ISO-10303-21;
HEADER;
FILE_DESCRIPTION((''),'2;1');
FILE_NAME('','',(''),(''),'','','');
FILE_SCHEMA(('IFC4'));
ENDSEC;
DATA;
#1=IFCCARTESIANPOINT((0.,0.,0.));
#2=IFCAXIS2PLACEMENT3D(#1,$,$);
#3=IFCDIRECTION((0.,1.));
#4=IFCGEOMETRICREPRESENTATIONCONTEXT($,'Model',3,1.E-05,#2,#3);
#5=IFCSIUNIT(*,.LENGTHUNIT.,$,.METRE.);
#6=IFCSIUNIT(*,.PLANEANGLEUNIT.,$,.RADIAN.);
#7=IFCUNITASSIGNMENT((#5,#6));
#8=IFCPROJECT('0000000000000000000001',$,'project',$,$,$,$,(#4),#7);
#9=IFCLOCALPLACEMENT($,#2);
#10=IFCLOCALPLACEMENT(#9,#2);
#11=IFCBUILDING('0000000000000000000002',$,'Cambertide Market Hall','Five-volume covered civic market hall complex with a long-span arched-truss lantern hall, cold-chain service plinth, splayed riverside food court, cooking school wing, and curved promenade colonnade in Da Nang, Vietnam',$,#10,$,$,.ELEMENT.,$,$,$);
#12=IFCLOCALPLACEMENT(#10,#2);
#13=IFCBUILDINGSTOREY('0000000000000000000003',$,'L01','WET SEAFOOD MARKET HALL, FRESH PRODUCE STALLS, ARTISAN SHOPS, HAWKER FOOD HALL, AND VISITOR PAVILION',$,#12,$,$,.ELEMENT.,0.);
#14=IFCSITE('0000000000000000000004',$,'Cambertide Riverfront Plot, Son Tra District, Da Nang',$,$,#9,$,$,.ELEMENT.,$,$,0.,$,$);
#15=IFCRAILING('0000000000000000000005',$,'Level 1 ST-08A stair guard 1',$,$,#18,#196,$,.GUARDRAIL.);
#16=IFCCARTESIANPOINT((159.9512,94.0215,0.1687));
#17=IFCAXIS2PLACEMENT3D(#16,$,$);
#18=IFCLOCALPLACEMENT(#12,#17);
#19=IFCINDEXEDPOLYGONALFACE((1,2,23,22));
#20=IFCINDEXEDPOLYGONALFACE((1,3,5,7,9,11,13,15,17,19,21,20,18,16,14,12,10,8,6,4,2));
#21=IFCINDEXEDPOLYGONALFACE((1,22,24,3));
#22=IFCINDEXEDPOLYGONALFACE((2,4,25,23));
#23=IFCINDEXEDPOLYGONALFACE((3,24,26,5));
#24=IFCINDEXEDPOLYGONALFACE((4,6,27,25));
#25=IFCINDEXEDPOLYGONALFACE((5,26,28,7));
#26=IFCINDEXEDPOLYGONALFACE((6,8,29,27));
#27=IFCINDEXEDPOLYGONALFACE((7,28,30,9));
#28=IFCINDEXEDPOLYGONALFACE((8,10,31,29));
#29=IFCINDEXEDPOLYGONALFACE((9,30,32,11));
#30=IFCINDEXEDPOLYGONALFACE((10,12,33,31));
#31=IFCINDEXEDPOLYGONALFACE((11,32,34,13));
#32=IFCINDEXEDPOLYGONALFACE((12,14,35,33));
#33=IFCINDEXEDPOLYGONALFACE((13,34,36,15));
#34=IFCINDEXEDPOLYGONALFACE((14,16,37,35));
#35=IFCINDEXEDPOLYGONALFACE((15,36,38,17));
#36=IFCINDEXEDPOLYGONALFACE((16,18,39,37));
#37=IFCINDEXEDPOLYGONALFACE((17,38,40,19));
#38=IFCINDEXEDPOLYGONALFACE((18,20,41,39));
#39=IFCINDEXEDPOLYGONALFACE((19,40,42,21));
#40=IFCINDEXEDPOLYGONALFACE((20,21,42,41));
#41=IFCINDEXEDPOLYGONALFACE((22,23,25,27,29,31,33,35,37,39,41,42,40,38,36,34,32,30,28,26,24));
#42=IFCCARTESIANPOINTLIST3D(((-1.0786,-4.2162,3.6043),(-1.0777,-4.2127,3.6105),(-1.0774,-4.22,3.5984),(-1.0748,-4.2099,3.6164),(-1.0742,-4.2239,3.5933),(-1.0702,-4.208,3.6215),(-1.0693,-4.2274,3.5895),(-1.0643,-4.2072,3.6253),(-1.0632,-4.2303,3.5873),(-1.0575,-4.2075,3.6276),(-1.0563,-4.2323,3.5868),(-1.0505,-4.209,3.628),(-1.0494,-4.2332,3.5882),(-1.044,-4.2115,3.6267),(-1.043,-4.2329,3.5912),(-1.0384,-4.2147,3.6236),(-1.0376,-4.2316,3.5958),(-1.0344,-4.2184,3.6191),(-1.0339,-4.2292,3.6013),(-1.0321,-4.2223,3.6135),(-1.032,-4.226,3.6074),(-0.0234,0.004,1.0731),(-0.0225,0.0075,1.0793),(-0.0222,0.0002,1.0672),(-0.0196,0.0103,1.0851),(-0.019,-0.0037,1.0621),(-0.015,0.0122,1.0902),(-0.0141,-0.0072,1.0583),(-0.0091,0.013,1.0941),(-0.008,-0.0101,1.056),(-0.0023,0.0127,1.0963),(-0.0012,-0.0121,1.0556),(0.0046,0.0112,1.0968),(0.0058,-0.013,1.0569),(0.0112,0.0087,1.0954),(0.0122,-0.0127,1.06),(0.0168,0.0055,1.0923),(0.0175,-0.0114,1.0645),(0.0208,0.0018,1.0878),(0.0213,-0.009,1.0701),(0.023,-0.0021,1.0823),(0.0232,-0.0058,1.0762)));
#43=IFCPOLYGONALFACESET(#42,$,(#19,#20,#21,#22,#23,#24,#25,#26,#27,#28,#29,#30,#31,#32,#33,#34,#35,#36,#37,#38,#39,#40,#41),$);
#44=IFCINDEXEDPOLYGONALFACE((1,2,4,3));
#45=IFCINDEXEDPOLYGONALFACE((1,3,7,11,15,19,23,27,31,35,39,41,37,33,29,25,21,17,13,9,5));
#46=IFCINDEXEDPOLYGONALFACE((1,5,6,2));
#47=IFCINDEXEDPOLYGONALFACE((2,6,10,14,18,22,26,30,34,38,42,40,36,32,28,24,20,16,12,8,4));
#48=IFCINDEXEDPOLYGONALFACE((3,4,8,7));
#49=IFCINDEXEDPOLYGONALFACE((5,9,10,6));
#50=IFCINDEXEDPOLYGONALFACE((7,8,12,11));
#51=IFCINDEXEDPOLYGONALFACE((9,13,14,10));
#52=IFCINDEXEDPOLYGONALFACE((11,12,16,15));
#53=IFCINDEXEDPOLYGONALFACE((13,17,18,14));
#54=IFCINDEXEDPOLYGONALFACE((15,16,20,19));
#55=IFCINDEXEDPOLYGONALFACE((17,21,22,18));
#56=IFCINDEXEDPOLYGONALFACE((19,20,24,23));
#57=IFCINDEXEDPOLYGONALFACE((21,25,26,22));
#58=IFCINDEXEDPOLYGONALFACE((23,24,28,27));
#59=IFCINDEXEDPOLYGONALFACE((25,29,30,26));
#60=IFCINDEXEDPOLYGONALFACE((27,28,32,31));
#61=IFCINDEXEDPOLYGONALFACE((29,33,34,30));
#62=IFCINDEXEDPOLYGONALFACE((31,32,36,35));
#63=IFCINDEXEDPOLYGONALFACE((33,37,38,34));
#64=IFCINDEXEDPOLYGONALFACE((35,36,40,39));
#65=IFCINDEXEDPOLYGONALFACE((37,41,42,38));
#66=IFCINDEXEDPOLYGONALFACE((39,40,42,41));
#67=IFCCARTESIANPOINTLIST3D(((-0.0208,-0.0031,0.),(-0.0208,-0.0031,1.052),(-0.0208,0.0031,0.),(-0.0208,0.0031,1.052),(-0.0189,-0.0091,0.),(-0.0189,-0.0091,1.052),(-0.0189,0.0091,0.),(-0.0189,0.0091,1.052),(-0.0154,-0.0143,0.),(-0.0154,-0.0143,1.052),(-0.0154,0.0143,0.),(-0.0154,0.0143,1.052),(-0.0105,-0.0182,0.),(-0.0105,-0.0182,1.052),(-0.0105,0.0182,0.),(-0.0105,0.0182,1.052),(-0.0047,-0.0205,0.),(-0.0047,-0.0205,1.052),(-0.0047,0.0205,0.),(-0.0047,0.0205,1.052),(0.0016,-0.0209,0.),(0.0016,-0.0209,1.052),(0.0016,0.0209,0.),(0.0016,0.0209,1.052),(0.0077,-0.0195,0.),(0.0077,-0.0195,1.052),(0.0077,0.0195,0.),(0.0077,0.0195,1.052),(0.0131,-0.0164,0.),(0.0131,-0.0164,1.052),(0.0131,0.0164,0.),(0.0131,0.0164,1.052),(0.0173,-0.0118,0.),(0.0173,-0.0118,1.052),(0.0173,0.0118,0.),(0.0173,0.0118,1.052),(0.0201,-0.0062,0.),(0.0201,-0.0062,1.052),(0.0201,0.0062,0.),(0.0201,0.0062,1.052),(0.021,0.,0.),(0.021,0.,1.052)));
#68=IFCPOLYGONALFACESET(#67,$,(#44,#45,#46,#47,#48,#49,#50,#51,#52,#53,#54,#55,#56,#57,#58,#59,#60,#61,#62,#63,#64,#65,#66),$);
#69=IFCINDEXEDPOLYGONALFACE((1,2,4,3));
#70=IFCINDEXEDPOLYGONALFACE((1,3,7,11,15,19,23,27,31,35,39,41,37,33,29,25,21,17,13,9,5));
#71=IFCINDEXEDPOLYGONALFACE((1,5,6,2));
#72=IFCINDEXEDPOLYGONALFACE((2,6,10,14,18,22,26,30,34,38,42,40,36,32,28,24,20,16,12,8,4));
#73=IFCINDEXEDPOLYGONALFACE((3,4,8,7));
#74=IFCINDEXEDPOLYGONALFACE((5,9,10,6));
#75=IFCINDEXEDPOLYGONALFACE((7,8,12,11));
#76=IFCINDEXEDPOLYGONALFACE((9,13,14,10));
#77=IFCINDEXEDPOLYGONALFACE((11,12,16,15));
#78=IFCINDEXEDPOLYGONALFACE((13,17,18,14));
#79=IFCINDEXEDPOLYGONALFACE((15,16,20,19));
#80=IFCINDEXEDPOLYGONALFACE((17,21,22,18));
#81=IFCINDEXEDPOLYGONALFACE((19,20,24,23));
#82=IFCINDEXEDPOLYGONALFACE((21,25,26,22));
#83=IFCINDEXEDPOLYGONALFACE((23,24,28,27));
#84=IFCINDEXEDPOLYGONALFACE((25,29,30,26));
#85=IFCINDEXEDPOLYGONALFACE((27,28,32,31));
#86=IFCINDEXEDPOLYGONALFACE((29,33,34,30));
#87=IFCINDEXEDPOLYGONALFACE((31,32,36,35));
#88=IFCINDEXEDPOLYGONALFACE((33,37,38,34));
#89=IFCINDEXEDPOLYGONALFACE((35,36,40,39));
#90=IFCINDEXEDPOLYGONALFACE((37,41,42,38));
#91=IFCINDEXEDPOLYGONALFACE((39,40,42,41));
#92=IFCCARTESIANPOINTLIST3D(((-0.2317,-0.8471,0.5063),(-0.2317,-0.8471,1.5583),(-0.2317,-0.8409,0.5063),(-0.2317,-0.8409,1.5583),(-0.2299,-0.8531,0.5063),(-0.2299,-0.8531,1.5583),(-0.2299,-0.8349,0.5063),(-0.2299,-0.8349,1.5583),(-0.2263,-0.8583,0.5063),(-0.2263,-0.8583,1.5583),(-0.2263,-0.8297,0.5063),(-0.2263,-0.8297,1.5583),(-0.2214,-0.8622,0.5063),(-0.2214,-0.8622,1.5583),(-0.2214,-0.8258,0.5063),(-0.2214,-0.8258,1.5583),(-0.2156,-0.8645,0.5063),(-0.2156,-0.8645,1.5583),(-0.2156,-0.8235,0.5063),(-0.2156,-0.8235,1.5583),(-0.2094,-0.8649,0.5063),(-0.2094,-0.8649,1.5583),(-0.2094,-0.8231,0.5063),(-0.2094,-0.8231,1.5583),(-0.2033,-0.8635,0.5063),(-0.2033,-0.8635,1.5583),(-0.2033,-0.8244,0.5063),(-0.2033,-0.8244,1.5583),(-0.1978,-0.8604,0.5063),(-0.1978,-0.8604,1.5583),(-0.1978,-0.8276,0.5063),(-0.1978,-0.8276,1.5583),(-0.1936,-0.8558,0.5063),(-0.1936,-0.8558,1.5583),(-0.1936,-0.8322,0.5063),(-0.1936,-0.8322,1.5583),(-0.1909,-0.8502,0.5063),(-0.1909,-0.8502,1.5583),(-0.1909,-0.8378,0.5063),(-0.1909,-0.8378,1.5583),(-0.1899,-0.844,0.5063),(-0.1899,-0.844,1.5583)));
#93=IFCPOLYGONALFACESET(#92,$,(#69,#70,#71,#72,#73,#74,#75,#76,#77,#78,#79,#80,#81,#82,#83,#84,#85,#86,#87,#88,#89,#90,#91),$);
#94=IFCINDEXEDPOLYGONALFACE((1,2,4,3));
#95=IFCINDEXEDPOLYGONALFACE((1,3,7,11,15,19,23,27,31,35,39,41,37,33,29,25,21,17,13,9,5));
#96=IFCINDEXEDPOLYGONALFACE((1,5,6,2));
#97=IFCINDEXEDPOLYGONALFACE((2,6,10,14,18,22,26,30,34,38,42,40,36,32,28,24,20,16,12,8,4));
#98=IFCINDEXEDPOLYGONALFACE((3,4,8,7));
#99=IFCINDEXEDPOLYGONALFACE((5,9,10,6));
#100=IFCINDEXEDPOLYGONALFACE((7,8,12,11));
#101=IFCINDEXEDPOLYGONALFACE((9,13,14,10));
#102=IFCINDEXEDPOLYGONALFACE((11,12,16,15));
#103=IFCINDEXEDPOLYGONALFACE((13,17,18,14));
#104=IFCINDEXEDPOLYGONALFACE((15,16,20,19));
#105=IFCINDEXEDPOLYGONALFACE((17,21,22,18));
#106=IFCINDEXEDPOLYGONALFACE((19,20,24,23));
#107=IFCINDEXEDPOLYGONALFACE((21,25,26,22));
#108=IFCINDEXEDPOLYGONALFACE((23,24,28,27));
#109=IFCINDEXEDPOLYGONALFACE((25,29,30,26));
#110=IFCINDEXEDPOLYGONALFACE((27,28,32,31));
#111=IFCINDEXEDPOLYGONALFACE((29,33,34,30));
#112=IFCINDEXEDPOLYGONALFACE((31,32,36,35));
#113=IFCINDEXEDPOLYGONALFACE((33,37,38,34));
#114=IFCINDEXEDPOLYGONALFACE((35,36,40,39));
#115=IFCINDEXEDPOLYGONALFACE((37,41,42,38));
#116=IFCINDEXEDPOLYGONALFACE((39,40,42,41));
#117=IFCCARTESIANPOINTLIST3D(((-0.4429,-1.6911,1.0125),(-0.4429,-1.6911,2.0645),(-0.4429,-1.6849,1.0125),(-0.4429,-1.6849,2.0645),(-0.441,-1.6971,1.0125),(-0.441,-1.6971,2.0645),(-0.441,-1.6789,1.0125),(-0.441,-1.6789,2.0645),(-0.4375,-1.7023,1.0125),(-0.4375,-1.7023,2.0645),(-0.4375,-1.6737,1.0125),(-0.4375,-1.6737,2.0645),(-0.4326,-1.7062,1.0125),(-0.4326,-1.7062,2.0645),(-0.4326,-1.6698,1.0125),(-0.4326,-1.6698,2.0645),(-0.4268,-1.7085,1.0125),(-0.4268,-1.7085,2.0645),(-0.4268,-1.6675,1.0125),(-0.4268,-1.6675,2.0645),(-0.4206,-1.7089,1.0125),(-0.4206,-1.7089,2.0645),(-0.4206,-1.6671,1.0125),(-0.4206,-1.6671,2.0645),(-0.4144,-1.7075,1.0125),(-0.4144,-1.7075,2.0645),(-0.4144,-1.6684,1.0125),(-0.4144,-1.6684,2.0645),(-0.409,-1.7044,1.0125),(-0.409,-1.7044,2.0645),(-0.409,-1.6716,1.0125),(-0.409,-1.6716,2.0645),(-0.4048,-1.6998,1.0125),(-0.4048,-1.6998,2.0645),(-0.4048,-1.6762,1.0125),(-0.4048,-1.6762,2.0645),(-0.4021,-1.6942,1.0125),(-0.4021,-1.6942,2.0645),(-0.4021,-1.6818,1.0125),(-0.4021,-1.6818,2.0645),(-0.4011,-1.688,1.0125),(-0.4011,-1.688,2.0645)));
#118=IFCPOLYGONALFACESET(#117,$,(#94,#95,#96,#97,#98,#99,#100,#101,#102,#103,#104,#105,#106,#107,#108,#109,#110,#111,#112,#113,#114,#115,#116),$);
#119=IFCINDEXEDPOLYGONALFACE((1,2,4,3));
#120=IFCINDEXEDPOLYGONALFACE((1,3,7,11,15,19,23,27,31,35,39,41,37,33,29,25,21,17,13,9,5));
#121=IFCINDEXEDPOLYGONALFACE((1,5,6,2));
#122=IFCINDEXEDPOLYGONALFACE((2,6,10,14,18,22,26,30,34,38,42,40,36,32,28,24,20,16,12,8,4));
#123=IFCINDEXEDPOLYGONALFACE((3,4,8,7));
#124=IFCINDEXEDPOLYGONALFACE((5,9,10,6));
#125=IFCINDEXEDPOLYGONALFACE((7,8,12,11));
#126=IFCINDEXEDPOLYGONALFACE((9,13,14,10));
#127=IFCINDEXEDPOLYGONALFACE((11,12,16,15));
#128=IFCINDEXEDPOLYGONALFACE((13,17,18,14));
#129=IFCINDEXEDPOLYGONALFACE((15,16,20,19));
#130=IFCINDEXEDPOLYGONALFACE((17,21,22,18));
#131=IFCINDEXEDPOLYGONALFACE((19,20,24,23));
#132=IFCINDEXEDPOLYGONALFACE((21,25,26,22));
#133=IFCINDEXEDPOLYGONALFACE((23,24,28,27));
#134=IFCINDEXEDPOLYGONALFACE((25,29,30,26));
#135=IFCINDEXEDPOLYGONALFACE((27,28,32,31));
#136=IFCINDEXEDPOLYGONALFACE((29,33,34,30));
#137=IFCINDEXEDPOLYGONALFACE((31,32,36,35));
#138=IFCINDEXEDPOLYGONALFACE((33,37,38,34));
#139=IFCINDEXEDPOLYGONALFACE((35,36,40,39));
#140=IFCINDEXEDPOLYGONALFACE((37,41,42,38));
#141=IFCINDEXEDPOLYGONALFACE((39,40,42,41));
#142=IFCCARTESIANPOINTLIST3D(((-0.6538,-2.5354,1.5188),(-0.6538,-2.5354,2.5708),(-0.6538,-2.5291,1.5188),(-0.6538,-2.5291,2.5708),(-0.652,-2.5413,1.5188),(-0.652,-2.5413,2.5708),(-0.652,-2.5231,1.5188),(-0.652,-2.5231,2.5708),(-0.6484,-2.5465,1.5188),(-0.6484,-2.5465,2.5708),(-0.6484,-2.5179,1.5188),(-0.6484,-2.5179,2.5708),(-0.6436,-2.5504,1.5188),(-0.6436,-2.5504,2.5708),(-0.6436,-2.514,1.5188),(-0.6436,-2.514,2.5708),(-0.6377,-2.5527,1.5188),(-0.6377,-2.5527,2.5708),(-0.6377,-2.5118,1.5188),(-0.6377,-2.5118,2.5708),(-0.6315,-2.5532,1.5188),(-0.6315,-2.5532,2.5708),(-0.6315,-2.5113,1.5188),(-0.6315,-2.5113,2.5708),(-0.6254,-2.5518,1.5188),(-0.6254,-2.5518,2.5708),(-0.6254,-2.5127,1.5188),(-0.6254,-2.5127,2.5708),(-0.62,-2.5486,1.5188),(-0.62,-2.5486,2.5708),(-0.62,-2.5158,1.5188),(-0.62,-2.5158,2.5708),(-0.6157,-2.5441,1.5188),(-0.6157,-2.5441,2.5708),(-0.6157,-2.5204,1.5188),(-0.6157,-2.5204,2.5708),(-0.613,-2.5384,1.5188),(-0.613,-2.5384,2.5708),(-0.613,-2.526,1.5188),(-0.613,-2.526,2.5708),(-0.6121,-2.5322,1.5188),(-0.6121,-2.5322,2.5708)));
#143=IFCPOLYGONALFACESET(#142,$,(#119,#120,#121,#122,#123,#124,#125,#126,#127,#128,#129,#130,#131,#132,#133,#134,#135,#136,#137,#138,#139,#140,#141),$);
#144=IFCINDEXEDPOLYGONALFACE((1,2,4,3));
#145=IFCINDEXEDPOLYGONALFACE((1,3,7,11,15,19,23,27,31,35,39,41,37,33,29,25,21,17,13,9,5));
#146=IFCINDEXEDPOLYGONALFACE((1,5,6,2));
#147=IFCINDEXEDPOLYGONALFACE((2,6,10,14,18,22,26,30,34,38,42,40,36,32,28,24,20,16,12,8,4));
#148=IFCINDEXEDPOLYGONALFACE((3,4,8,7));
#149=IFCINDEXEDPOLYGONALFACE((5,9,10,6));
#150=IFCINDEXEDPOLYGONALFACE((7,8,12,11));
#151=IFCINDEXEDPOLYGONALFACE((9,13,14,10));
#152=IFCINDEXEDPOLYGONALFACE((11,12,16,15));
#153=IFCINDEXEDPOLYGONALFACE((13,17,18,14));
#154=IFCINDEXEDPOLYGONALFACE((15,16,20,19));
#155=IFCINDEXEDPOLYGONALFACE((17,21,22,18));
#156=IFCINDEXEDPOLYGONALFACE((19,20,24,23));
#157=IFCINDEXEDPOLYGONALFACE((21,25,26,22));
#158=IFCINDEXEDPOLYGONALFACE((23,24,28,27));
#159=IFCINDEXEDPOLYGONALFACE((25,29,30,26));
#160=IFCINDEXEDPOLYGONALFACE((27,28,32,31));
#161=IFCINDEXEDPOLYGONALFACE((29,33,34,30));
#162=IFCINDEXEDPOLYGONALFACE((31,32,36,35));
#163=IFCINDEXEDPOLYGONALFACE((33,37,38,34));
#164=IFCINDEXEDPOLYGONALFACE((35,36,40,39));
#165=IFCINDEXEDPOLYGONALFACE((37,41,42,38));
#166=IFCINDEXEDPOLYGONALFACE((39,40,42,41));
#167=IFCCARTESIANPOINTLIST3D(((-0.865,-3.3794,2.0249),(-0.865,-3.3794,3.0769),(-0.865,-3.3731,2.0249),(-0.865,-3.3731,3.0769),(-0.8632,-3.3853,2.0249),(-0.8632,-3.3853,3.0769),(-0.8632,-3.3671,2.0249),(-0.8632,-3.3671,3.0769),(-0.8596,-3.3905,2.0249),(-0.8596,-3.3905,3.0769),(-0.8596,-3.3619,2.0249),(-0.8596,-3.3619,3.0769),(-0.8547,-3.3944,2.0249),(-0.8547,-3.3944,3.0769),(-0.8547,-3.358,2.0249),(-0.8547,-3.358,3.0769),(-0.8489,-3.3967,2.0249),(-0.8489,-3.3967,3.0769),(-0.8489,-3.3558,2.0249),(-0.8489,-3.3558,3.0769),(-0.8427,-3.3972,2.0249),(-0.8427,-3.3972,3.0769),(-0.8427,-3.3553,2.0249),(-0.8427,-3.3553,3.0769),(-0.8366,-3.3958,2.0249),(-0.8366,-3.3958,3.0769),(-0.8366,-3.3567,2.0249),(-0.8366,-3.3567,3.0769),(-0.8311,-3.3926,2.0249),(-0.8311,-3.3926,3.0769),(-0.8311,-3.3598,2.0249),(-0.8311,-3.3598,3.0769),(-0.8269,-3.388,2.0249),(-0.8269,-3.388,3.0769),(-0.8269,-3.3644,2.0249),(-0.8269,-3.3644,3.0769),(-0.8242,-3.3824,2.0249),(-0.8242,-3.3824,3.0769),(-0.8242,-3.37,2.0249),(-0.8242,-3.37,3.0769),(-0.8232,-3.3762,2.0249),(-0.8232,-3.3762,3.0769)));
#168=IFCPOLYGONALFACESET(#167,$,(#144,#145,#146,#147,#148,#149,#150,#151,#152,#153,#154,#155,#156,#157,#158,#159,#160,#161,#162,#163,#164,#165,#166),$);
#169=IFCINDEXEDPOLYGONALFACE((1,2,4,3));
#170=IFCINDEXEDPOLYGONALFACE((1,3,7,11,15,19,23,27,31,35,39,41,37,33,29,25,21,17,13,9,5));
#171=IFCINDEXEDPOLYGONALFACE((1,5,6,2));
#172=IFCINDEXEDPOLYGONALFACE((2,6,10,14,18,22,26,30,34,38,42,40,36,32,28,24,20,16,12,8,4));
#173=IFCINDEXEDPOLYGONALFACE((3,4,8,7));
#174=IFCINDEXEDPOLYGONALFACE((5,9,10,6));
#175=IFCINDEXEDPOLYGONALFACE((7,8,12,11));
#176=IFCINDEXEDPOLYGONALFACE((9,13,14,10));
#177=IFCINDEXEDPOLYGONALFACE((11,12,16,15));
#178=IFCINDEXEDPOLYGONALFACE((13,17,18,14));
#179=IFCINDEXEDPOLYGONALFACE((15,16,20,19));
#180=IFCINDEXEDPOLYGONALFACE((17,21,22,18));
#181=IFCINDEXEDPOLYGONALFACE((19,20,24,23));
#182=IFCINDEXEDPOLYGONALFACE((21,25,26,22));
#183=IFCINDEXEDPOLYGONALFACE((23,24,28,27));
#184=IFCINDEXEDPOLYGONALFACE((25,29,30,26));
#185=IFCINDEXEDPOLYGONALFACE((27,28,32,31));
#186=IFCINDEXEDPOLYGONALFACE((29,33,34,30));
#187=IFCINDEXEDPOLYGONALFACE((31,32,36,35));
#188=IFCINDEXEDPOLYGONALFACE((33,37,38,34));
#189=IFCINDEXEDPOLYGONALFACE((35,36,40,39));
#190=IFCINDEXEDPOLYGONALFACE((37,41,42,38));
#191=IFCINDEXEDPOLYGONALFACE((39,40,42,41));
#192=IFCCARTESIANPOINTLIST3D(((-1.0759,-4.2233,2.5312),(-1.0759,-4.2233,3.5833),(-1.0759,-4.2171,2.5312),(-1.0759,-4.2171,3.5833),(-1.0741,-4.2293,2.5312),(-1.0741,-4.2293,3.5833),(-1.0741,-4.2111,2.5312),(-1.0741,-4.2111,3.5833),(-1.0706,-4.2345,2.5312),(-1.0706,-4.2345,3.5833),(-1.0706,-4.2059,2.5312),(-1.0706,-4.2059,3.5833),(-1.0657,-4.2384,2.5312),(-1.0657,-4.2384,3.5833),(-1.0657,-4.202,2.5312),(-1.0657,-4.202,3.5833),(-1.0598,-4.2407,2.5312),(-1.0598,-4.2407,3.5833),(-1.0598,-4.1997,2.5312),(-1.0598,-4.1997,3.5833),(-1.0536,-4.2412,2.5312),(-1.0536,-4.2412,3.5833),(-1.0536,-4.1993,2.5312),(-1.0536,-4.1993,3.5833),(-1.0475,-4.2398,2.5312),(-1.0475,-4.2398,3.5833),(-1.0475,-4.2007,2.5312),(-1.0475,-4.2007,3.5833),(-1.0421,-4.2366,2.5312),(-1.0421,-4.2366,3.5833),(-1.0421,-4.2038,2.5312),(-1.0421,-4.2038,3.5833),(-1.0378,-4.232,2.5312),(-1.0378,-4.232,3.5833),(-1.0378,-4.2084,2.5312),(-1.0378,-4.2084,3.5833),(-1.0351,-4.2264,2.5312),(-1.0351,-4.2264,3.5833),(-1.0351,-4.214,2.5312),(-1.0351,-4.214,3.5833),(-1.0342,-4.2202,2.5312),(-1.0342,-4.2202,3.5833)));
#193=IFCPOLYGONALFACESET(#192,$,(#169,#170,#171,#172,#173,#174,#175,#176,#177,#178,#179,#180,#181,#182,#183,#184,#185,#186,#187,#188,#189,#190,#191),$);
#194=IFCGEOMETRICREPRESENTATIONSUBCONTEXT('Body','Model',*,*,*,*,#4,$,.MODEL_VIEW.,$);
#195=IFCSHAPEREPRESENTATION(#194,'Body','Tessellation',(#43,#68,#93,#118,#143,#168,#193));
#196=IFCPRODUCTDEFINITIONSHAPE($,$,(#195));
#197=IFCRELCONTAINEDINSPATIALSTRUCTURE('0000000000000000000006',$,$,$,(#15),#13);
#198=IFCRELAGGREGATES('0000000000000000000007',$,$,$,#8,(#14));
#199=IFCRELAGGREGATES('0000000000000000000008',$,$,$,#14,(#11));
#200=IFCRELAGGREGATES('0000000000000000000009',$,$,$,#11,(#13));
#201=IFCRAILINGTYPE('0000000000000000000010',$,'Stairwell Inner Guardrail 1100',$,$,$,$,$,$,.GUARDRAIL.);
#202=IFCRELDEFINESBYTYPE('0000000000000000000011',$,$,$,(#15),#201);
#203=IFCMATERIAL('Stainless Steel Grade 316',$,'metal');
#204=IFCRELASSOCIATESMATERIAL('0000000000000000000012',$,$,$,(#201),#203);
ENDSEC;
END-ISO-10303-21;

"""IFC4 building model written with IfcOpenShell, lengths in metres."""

from ifc_helpers import new_model, si_unit, direction, frame, origin, origin_2d, place, context, subcontext, project, spatial, circle, extrude, material, type_object, element, save


model = new_model("IFC4")

# Units and contexts
model_context = context("Model", 3, precision=1e-05, world=origin(), true_north=direction((0.0, 1.0)))
body_context = subcontext(model_context, "Body", "Model", "MODEL_VIEW")
ifc_project = project(units=[si_unit("LENGTHUNIT", "METRE"), si_unit("PLANEANGLEUNIT", "RADIAN")], contexts=[model_context])

# Site, building, storey
site_placement = place(None, origin())
site = spatial("IfcSite", under=ifc_project, at=site_placement, Name="Cambertide Riverfront Plot, Son Tra District, Da Nang", CompositionType="ELEMENT", RefElevation=0.0)
building_placement = place(site_placement, origin())
building = spatial("IfcBuilding", under=site, at=building_placement, Name="Cambertide Market Hall", Description="Five-volume covered civic market hall complex with a long-span arched-truss lantern hall, cold-chain service plinth, splayed riverside food court, cooking school wing, and curved promenade colonnade in Da Nang, Vietnam", CompositionType="ELEMENT")
storey_placement = place(building_placement, origin())
storey = spatial("IfcBuildingStorey", under=building, at=storey_placement, Name="L01", Description="WET SEAFOOD MARKET HALL, FRESH PRODUCE STALLS, ARTISAN SHOPS, HAWKER FOOD HALL, AND VISITOR PAVILION", CompositionType="ELEMENT", Elevation=0.0)

# Railing
ifc_material_1 = material(Name="Stainless Steel Grade 316", Category="metal")
railing_type_1 = type_object("IfcRailingType", Name="Stairwell Inner Guardrail 1100", PredefinedType="GUARDRAIL", material=ifc_material_1)
railing_1_placement = place(storey_placement, frame((159.9512, 94.0215, 0.1687)))
element("IfcRailing", 1, at=railing_1_placement, inside=storey, type_object=railing_type_1, Name="Level 1 ST-08A stair guard 1", PredefinedType="GUARDRAIL", context=body_context, shape_type="SweptSolid", body=[
    extrude(circle(Radius=0.0239, at=origin_2d()), frame((0.0, 0.0, 1.0762), z_axis=(-0.209653, -0.838513, 0.502933), x_axis=(0.970136, -0.242562, 0.0)), (0.0, 0.0, 1.0), 5.033),
    extrude(circle(Radius=0.021, at=origin_2d()), origin(), (0.0, 0.0, 1.0), 1.052),
    extrude(circle(Radius=0.021, at=origin_2d()), frame((-0.2109, -0.844, 0.5063)), (0.0, 0.0, 1.0), 1.052),
    extrude(circle(Radius=0.021, at=origin_2d()), frame((-0.4221, -1.688, 1.0125)), (0.0, 0.0, 1.0), 1.052),
    extrude(circle(Radius=0.021, at=origin_2d()), frame((-0.6331, -2.5322, 1.5188)), (0.0, 0.0, 1.0), 1.052),
    extrude(circle(Radius=0.021, at=origin_2d()), frame((-0.8442, -3.3762, 2.0249)), (0.0, 0.0, 1.0), 1.052),
    extrude(circle(Radius=0.021, at=origin_2d()), frame((-1.0552, -4.2202, 2.5312)), (0.0, 0.0, 1.0), 1.052),
])

save(model, "model.ifc")
